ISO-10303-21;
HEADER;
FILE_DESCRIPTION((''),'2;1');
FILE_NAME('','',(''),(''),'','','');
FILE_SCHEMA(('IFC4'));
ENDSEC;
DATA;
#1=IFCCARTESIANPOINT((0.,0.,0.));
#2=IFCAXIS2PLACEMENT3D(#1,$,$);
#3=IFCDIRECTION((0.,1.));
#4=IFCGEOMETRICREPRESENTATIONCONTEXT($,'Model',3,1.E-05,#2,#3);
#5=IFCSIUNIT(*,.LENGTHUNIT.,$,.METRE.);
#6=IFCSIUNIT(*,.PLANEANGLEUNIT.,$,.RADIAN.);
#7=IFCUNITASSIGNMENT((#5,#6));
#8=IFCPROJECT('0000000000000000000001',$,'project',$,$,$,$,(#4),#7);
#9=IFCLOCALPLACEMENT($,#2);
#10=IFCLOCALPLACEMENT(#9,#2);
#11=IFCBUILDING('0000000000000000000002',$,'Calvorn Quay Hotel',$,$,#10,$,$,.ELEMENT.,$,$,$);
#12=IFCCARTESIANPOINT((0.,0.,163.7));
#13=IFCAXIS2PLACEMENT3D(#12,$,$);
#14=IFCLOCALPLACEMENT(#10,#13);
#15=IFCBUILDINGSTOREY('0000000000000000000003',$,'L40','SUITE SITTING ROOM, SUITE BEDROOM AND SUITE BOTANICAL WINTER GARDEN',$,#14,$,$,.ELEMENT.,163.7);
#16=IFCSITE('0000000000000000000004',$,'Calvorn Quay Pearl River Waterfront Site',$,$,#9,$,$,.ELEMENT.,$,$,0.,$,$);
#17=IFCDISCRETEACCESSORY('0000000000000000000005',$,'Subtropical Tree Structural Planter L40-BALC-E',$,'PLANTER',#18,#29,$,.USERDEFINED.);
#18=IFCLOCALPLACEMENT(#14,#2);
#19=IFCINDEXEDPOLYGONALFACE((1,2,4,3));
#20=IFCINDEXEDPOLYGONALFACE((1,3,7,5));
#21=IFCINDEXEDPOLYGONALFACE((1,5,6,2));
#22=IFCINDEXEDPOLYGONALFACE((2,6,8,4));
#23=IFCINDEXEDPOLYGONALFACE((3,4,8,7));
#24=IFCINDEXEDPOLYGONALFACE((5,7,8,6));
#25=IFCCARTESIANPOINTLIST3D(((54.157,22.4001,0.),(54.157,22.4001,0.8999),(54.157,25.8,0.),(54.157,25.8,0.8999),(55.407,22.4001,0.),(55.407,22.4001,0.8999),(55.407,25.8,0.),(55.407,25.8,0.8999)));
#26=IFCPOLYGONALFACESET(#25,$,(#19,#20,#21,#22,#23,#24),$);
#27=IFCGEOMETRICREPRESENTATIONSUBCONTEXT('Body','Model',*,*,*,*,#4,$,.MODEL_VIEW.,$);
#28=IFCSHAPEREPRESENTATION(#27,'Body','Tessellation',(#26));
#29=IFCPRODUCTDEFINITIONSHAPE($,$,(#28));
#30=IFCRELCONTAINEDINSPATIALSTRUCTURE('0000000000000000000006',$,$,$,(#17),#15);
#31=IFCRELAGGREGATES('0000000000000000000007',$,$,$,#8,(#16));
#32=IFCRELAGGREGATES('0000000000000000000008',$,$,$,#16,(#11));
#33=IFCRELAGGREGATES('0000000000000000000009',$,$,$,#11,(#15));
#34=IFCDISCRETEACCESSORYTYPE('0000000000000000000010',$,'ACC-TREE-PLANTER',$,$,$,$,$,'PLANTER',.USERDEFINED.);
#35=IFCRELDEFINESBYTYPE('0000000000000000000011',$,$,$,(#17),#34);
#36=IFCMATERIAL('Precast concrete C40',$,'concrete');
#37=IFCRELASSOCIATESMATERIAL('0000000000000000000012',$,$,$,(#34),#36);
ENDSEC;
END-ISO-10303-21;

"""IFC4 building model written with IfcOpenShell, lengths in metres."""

from ifc_helpers import new_model, si_unit, direction, frame, origin, origin_2d, place, context, subcontext, project, spatial, rectangle, extrude, material, type_object, element, save


model = new_model("IFC4")

# Units and contexts
model_context = context("Model", 3, precision=1e-05, world=origin(), true_north=direction((0.0, 1.0)))
body_context = subcontext(model_context, "Body", "Model", "MODEL_VIEW")
ifc_project = project(units=[si_unit("LENGTHUNIT", "METRE"), si_unit("PLANEANGLEUNIT", "RADIAN")], contexts=[model_context])

# Site, building, storey
site_placement = place(None, origin())
site = spatial("IfcSite", under=ifc_project, at=site_placement, Name="Calvorn Quay Pearl River Waterfront Site", CompositionType="ELEMENT", RefElevation=0.0)
building_placement = place(site_placement, origin())
building = spatial("IfcBuilding", under=site, at=building_placement, Name="Calvorn Quay Hotel", CompositionType="ELEMENT")
storey_placement = place(building_placement, frame((0.0, 0.0, 163.7)))
storey = spatial("IfcBuildingStorey", under=building, at=storey_placement, Name="L40", Description="SUITE SITTING ROOM, SUITE BEDROOM AND SUITE BOTANICAL WINTER GARDEN", CompositionType="ELEMENT", Elevation=163.7)

# Discrete accessory
ifc_material_1 = material(Name="Precast concrete C40", Category="concrete")
discrete_accessory_type_1 = type_object("IfcDiscreteAccessoryType", Name="ACC-TREE-PLANTER", ElementType="PLANTER", PredefinedType="USERDEFINED", material=ifc_material_1)
discrete_accessory_1_placement = place(storey_placement, frame((54.782, 24.1001, 0.0), z_axis=(0.0, 0.0, 1.0), x_axis=(1.0, 0.0, 0.0)))
element("IfcDiscreteAccessory", 1, at=discrete_accessory_1_placement, inside=storey, type_object=discrete_accessory_type_1, Name="Subtropical Tree Structural Planter L40-BALC-E", ObjectType="PLANTER", PredefinedType="USERDEFINED", context=body_context, shape_type="SweptSolid", body=[
    extrude(rectangle(XDim=1.25, YDim=3.3999, at=origin_2d()), origin(), (0.0, 0.0, 1.0), 0.8999),
])

save(model, "model.ifc")
